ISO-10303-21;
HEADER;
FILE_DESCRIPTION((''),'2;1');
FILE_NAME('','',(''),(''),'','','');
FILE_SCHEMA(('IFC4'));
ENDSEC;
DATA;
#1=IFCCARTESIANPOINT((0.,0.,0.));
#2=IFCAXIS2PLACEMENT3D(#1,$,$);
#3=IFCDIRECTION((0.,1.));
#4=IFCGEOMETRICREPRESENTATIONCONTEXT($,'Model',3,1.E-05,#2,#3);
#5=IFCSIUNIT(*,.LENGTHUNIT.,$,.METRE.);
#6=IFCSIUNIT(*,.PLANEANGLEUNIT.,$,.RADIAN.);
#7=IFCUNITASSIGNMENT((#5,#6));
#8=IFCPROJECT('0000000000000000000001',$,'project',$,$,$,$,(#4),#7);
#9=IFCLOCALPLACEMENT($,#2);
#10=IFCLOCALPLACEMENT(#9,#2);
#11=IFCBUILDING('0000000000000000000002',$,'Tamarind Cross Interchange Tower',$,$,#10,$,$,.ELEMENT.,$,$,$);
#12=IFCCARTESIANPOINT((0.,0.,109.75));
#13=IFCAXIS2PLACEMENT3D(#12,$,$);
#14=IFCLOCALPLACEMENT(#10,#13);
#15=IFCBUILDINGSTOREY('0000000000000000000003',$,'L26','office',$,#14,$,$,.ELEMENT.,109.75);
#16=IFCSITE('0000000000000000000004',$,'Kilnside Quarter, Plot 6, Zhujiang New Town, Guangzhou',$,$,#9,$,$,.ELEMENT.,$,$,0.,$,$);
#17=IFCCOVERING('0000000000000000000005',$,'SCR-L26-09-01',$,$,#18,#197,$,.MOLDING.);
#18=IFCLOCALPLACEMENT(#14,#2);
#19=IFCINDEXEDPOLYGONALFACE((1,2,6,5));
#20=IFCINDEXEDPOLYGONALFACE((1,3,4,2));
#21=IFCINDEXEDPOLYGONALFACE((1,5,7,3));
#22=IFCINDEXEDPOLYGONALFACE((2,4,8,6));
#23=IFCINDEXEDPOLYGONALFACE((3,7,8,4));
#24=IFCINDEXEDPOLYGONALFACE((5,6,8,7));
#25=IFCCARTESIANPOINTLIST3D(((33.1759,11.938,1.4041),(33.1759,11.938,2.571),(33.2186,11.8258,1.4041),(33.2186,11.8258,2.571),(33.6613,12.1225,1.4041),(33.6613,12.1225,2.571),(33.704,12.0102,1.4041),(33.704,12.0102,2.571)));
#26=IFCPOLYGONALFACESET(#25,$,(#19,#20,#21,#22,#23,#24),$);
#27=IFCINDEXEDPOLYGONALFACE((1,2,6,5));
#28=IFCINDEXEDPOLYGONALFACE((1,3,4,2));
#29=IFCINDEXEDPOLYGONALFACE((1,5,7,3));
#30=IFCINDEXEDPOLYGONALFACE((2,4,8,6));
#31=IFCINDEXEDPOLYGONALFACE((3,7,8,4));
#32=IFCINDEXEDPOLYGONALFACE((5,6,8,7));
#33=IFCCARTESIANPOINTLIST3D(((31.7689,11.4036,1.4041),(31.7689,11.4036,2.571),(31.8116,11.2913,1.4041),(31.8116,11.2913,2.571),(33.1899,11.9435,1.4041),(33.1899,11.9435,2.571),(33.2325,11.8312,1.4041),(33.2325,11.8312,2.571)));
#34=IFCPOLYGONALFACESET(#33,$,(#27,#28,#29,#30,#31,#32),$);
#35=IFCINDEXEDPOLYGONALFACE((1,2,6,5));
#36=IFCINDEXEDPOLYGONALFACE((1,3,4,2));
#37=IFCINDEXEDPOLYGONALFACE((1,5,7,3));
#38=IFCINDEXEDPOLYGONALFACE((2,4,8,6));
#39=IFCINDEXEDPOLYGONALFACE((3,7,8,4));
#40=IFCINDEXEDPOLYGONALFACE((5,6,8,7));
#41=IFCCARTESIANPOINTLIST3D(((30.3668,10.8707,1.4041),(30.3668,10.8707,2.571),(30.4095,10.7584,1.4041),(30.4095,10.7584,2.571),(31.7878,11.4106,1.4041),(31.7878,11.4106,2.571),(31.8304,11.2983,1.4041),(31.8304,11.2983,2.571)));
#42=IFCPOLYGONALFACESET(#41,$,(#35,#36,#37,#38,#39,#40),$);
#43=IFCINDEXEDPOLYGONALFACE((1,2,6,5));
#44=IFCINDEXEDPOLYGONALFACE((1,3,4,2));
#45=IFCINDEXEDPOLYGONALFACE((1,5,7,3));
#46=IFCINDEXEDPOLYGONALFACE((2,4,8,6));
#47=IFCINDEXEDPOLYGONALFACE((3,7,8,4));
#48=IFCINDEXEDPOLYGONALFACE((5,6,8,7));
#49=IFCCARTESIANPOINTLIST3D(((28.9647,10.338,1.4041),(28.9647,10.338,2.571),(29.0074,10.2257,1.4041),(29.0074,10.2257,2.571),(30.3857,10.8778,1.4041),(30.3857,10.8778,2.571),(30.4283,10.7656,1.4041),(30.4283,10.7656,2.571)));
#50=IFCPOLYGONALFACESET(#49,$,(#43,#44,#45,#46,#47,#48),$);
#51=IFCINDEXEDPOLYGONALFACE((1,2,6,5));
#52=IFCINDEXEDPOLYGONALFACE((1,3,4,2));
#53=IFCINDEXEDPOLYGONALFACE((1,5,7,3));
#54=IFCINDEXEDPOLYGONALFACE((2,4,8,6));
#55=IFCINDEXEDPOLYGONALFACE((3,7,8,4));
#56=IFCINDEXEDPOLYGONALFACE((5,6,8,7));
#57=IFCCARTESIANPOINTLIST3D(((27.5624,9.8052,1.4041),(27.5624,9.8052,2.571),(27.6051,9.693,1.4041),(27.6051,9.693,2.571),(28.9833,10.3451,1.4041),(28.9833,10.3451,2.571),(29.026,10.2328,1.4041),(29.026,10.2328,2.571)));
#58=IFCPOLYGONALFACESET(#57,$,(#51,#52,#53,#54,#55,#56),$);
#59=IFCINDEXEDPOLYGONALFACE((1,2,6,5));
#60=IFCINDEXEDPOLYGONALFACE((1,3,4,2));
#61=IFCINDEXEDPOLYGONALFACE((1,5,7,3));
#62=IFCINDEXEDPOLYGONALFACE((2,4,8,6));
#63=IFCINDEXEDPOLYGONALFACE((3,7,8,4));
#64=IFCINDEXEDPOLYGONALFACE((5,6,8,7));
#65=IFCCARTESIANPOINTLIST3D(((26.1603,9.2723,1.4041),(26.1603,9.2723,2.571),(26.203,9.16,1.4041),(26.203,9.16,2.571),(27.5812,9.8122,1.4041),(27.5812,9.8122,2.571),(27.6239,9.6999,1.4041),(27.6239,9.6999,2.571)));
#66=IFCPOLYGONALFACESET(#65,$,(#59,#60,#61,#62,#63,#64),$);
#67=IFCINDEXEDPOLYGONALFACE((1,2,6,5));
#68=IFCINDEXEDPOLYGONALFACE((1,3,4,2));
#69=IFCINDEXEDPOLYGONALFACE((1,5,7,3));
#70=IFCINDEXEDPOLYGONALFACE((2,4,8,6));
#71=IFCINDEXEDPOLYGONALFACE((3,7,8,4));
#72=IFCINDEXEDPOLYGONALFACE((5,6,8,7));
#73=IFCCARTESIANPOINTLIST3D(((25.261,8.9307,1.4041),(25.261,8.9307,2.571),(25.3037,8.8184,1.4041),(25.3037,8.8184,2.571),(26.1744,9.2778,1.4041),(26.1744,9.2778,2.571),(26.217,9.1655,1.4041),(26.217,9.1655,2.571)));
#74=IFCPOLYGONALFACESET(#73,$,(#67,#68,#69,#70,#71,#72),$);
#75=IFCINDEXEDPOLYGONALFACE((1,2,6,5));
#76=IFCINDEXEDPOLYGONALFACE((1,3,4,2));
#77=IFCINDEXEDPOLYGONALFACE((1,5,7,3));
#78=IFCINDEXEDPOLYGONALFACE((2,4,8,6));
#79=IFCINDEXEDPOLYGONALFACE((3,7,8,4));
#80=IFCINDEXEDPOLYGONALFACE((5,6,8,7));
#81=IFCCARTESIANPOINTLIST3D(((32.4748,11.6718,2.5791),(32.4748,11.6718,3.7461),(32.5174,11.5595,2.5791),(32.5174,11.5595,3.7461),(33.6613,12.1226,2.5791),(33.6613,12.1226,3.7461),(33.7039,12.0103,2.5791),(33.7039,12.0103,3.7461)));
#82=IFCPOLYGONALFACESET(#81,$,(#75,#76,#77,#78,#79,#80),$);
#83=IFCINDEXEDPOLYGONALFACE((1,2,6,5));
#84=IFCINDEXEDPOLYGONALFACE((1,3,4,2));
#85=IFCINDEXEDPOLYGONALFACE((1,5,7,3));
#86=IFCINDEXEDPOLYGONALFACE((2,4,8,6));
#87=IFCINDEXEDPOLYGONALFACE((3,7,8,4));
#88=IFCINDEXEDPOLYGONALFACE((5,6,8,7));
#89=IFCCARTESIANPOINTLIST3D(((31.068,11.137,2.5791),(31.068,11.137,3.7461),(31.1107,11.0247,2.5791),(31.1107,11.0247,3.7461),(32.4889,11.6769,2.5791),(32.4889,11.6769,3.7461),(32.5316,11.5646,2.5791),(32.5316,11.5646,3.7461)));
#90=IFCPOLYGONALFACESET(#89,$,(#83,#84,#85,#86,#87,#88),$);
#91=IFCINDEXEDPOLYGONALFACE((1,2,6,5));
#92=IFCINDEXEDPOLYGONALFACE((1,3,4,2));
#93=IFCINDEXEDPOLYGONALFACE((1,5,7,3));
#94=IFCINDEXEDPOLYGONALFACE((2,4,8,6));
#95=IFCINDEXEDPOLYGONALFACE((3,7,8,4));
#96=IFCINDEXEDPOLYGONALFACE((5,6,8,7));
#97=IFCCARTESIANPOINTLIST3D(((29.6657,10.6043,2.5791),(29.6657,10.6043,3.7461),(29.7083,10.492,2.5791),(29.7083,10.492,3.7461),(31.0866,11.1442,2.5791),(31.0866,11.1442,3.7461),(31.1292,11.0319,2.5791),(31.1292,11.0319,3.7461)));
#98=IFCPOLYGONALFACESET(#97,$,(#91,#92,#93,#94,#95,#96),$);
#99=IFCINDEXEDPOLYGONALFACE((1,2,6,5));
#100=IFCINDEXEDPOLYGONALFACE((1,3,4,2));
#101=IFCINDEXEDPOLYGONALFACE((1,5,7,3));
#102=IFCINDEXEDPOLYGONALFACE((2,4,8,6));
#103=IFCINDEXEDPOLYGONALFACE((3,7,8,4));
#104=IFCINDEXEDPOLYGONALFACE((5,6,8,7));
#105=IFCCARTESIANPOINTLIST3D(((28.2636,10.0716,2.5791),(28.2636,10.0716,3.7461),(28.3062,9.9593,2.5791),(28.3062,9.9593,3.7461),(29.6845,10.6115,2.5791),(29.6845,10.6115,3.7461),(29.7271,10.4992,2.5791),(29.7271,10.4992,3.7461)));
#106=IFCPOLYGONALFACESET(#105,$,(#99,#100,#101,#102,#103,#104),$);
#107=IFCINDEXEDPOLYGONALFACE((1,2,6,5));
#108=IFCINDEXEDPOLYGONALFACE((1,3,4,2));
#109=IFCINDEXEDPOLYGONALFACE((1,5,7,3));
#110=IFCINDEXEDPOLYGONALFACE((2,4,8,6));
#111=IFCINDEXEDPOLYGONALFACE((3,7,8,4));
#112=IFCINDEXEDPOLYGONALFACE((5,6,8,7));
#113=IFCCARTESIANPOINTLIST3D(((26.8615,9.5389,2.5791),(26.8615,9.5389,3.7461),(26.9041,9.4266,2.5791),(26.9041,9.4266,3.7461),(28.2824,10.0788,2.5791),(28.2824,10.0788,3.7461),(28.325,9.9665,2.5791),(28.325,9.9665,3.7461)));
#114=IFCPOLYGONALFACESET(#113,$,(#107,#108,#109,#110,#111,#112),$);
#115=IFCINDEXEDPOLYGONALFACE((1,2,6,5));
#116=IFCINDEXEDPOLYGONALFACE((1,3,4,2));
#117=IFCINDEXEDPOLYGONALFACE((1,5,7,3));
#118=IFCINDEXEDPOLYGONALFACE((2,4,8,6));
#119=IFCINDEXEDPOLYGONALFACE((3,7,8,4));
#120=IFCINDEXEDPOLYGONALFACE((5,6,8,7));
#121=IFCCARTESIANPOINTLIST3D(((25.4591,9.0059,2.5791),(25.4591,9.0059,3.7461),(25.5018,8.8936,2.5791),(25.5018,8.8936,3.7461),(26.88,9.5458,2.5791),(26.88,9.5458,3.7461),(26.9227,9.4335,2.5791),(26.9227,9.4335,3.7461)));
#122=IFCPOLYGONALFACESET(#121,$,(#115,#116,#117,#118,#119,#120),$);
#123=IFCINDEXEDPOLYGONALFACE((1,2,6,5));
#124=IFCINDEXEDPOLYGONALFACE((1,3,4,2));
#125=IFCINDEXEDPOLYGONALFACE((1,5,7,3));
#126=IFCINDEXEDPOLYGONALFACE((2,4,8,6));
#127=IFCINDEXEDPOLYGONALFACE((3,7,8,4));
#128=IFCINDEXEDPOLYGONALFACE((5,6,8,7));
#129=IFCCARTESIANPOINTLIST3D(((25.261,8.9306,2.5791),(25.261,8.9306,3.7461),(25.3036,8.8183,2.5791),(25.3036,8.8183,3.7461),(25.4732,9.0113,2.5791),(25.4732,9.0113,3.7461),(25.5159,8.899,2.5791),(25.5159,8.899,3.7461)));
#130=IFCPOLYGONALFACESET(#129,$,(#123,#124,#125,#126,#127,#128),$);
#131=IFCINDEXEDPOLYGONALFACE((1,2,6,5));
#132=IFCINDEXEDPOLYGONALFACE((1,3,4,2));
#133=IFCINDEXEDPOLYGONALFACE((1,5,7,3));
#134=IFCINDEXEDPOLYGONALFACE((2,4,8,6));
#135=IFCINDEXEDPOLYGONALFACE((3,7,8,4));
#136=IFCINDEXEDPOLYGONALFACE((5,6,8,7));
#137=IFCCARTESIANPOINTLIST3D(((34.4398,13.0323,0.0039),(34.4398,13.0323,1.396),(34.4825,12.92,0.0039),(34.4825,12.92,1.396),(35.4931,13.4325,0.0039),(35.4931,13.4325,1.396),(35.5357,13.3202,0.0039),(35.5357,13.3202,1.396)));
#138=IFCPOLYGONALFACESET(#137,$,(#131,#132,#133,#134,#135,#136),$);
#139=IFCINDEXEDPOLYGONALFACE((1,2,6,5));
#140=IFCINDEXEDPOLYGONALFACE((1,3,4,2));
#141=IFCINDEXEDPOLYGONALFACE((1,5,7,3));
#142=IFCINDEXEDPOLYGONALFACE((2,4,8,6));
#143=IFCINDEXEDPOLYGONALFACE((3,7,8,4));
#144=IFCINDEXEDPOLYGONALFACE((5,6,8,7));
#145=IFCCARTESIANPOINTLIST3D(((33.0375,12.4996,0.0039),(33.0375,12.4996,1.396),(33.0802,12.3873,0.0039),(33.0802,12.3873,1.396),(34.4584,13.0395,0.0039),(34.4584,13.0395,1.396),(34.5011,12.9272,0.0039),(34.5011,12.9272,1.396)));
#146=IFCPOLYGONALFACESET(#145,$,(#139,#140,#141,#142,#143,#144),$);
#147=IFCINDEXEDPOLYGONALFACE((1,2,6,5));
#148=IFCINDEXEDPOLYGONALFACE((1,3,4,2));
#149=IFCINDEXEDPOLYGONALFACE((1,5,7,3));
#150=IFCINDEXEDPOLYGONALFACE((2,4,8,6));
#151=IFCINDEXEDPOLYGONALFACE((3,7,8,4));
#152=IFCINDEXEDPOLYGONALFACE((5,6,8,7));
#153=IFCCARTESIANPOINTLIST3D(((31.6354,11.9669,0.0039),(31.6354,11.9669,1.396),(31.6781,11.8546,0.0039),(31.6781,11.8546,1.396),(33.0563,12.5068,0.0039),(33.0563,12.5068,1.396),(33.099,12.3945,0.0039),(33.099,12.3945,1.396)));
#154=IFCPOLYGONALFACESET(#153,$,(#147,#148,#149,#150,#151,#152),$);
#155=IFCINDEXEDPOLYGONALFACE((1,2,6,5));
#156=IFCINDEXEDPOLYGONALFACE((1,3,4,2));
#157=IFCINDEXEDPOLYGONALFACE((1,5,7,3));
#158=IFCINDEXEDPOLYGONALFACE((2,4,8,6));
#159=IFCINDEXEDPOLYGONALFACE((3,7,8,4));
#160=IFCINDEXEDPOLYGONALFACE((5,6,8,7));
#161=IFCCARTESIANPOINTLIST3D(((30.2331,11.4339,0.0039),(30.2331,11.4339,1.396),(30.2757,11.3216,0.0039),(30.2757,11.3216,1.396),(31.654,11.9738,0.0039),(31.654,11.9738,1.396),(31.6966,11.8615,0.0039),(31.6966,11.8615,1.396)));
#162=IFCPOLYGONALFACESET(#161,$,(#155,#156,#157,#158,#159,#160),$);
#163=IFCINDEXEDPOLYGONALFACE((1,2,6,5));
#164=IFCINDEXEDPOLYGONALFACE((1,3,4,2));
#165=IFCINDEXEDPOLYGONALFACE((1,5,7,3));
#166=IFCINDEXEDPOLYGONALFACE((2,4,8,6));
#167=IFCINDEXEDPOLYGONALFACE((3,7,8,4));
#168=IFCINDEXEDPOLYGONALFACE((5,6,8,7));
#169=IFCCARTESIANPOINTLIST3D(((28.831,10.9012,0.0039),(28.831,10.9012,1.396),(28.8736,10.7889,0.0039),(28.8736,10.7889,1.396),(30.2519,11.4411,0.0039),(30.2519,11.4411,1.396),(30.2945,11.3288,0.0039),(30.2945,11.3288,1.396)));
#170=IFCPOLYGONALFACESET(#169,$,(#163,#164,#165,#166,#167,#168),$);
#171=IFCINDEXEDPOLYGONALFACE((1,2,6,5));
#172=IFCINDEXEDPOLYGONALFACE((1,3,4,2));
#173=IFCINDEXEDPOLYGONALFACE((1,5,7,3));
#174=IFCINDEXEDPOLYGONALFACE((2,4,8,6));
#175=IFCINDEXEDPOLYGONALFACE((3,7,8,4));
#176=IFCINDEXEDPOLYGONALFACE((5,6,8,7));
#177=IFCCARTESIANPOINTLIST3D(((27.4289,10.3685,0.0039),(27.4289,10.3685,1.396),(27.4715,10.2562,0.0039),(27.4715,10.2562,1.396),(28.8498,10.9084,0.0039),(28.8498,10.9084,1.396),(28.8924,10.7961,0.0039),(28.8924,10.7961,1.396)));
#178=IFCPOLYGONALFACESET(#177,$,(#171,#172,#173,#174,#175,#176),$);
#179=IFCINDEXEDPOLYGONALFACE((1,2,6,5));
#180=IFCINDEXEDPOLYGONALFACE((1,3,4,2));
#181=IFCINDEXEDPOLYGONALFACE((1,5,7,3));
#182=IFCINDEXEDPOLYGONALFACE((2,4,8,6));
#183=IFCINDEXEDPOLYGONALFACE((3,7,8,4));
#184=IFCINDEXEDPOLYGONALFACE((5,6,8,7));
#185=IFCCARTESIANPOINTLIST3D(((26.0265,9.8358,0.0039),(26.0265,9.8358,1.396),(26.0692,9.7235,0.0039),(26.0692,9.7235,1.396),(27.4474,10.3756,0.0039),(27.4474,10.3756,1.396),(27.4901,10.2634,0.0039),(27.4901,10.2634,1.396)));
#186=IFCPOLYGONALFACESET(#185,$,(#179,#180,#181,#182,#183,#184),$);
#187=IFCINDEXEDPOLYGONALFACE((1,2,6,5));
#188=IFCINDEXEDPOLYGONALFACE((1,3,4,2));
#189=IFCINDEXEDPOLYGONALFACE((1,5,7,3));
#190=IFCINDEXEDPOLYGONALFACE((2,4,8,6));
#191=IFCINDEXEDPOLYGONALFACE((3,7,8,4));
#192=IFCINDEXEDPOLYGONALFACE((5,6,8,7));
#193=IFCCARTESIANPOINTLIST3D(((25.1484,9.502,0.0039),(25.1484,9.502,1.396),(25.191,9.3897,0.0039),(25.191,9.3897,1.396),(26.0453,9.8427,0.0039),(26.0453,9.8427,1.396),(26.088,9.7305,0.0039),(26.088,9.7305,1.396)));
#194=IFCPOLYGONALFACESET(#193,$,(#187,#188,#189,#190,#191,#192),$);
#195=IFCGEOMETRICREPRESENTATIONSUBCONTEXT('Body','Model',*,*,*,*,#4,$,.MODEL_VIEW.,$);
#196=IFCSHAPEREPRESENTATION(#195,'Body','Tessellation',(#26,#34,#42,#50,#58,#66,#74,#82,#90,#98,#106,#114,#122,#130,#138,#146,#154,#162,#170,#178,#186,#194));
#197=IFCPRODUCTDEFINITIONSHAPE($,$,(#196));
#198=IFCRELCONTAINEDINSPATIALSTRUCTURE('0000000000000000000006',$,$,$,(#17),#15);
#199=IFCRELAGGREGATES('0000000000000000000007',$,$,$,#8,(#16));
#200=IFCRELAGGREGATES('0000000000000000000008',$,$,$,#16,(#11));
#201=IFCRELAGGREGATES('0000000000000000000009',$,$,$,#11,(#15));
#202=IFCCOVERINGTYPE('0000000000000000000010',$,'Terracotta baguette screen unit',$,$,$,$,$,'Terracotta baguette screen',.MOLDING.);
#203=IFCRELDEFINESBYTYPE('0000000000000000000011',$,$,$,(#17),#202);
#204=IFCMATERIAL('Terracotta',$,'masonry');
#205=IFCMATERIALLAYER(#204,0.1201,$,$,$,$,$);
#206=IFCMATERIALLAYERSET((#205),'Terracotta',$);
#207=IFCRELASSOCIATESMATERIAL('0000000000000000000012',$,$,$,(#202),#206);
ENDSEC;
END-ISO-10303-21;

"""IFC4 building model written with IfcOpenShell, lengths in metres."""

from ifc_helpers import new_model, si_unit, direction, frame, origin, origin_2d, place, context, subcontext, project, spatial, rectangle, extrude, material, layer, layer_set, type_object, element, save


model = new_model("IFC4")

# Units and contexts
model_context = context("Model", 3, precision=1e-05, world=origin(), true_north=direction((0.0, 1.0)))
body_context = subcontext(model_context, "Body", "Model", "MODEL_VIEW")
ifc_project = project(units=[si_unit("LENGTHUNIT", "METRE"), si_unit("PLANEANGLEUNIT", "RADIAN")], contexts=[model_context])

# Site, building, storey
site_placement = place(None, origin())
site = spatial("IfcSite", under=ifc_project, at=site_placement, Name="Kilnside Quarter, Plot 6, Zhujiang New Town, Guangzhou", CompositionType="ELEMENT", RefElevation=0.0)
building_placement = place(site_placement, origin())
building = spatial("IfcBuilding", under=site, at=building_placement, Name="Tamarind Cross Interchange Tower", CompositionType="ELEMENT")
storey_placement = place(building_placement, frame((0.0, 0.0, 109.75)))
storey = spatial("IfcBuildingStorey", under=building, at=storey_placement, Name="L26", Description="office", CompositionType="ELEMENT", Elevation=109.75)

# Covering
ifc_material_1 = material(Name="Terracotta", Category="masonry")
ifc_layer_1 = layer(ifc_material_1, 0.1201)
ifc_layer_set_1 = layer_set([ifc_layer_1], Name="Terracotta")
covering_type = type_object("IfcCoveringType", Name="Terracotta baguette screen unit", ElementType="Terracotta baguette screen", PredefinedType="MOLDING", material=ifc_layer_set_1)
covering_1_placement = place(storey_placement, origin())
element("IfcCovering", 1, at=covering_1_placement, inside=storey, type_object=covering_type, Name="SCR-L26-09-01", PredefinedType="MOLDING", context=body_context, shape_type="SweptSolid", body=[
    extrude(rectangle(XDim=0.5193, YDim=0.1201, at=origin_2d()), frame((33.4399, 11.9741, 1.4041), z_axis=(0.0, 0.0, 1.0), x_axis=(-0.934796, -0.355186, 0.0)), (0.0, 0.0, 1.0), 1.167),
    extrude(rectangle(XDim=1.52, YDim=0.1201, at=origin_2d()), frame((32.5007, 11.6174, 1.4041), z_axis=(0.0, 0.0, 1.0), x_axis=(-0.934796, -0.355186, 0.0)), (0.0, 0.0, 1.0), 1.167),
    extrude(rectangle(XDim=1.52, YDim=0.1201, at=origin_2d()), frame((31.0986, 11.0845, 1.4041), z_axis=(0.0, 0.0, 1.0), x_axis=(-0.934796, -0.355186, 0.0)), (0.0, 0.0, 1.0), 1.167),
    extrude(rectangle(XDim=1.52, YDim=0.1201, at=origin_2d()), frame((29.6965, 10.5518, 1.4041), z_axis=(0.0, 0.0, 1.0), x_axis=(-0.934796, -0.355186, 0.0)), (0.0, 0.0, 1.0), 1.167),
    extrude(rectangle(XDim=1.52, YDim=0.1201, at=origin_2d()), frame((28.2942, 10.019, 1.4041), z_axis=(0.0, 0.0, 1.0), x_axis=(-0.934796, -0.355186, 0.0)), (0.0, 0.0, 1.0), 1.167),
    extrude(rectangle(XDim=1.52, YDim=0.1201, at=origin_2d()), frame((26.8921, 9.4861, 1.4041), z_axis=(0.0, 0.0, 1.0), x_axis=(-0.934796, -0.355186, 0.0)), (0.0, 0.0, 1.0), 1.167),
    extrude(rectangle(XDim=0.9771, YDim=0.1201, at=origin_2d()), frame((25.739, 9.0481, 1.4041), z_axis=(0.0, 0.0, 1.0), x_axis=(-0.934796, -0.355186, 0.0)), (0.0, 0.0, 1.0), 1.167),
    extrude(rectangle(XDim=1.2693, YDim=0.1201, at=origin_2d()), frame((33.0894, 11.8411, 2.5791), z_axis=(0.0, 0.0, 1.0), x_axis=(-0.934796, -0.355186, 0.0)), (0.0, 0.0, 1.0), 1.167),
    extrude(rectangle(XDim=1.52, YDim=0.1201, at=origin_2d()), frame((31.7998, 11.3508, 2.5791), z_axis=(0.0, 0.0, 1.0), x_axis=(-0.934796, -0.355186, 0.0)), (0.0, 0.0, 1.0), 1.167),
    extrude(rectangle(XDim=1.52, YDim=0.1201, at=origin_2d()), frame((30.3975, 10.8181, 2.5791), z_axis=(0.0, 0.0, 1.0), x_axis=(-0.934796, -0.355186, 0.0)), (0.0, 0.0, 1.0), 1.167),
    extrude(rectangle(XDim=1.52, YDim=0.1201, at=origin_2d()), frame((28.9954, 10.2854, 2.5791), z_axis=(0.0, 0.0, 1.0), x_axis=(-0.934796, -0.355186, 0.0)), (0.0, 0.0, 1.0), 1.167),
    extrude(rectangle(XDim=1.52, YDim=0.1201, at=origin_2d()), frame((27.5933, 9.7527, 2.5791), z_axis=(0.0, 0.0, 1.0), x_axis=(-0.934796, -0.355186, 0.0)), (0.0, 0.0, 1.0), 1.167),
    extrude(rectangle(XDim=1.52, YDim=0.1201, at=origin_2d()), frame((26.1909, 9.2197, 2.5791), z_axis=(0.0, 0.0, 1.0), x_axis=(-0.934796, -0.355186, 0.0)), (0.0, 0.0, 1.0), 1.167),
    extrude(rectangle(XDim=0.2271, YDim=0.1201, at=origin_2d()), frame((25.3884, 8.9148, 2.5791), z_axis=(0.0, 0.0, 1.0), x_axis=(-0.934796, -0.355186, 0.0)), (0.0, 0.0, 1.0), 1.167),
    extrude(rectangle(XDim=1.1267, YDim=0.1201, at=origin_2d()), frame((34.9878, 13.1763, 0.0039), z_axis=(0.0, 0.0, 1.0), x_axis=(-0.934796, -0.355186, 0.0)), (0.0, 0.0, 1.0), 1.3921),
    extrude(rectangle(XDim=1.52, YDim=0.1201, at=origin_2d()), frame((33.7693, 12.7134, 0.0039), z_axis=(0.0, 0.0, 1.0), x_axis=(-0.934796, -0.355186, 0.0)), (0.0, 0.0, 1.0), 1.3921),
    extrude(rectangle(XDim=1.52, YDim=0.1201, at=origin_2d()), frame((32.3672, 12.1807, 0.0039), z_axis=(0.0, 0.0, 1.0), x_axis=(-0.934796, -0.355186, 0.0)), (0.0, 0.0, 1.0), 1.3921),
    extrude(rectangle(XDim=1.52, YDim=0.1201, at=origin_2d()), frame((30.9648, 11.6477, 0.0039), z_axis=(0.0, 0.0, 1.0), x_axis=(-0.934796, -0.355186, 0.0)), (0.0, 0.0, 1.0), 1.3921),
    extrude(rectangle(XDim=1.52, YDim=0.1201, at=origin_2d()), frame((29.5627, 11.115, 0.0039), z_axis=(0.0, 0.0, 1.0), x_axis=(-0.934796, -0.355186, 0.0)), (0.0, 0.0, 1.0), 1.3921),
    extrude(rectangle(XDim=1.52, YDim=0.1201, at=origin_2d()), frame((28.1606, 10.5823, 0.0039), z_axis=(0.0, 0.0, 1.0), x_axis=(-0.934796, -0.355186, 0.0)), (0.0, 0.0, 1.0), 1.3921),
    extrude(rectangle(XDim=1.52, YDim=0.1201, at=origin_2d()), frame((26.7583, 10.0496, 0.0039), z_axis=(0.0, 0.0, 1.0), x_axis=(-0.934796, -0.355186, 0.0)), (0.0, 0.0, 1.0), 1.3921),
    extrude(rectangle(XDim=0.9595, YDim=0.1201, at=origin_2d()), frame((25.6182, 9.6162, 0.0039), z_axis=(0.0, 0.0, 1.0), x_axis=(-0.934796, -0.355186, 0.0)), (0.0, 0.0, 1.0), 1.3921),
])

save(model, "model.ifc")
